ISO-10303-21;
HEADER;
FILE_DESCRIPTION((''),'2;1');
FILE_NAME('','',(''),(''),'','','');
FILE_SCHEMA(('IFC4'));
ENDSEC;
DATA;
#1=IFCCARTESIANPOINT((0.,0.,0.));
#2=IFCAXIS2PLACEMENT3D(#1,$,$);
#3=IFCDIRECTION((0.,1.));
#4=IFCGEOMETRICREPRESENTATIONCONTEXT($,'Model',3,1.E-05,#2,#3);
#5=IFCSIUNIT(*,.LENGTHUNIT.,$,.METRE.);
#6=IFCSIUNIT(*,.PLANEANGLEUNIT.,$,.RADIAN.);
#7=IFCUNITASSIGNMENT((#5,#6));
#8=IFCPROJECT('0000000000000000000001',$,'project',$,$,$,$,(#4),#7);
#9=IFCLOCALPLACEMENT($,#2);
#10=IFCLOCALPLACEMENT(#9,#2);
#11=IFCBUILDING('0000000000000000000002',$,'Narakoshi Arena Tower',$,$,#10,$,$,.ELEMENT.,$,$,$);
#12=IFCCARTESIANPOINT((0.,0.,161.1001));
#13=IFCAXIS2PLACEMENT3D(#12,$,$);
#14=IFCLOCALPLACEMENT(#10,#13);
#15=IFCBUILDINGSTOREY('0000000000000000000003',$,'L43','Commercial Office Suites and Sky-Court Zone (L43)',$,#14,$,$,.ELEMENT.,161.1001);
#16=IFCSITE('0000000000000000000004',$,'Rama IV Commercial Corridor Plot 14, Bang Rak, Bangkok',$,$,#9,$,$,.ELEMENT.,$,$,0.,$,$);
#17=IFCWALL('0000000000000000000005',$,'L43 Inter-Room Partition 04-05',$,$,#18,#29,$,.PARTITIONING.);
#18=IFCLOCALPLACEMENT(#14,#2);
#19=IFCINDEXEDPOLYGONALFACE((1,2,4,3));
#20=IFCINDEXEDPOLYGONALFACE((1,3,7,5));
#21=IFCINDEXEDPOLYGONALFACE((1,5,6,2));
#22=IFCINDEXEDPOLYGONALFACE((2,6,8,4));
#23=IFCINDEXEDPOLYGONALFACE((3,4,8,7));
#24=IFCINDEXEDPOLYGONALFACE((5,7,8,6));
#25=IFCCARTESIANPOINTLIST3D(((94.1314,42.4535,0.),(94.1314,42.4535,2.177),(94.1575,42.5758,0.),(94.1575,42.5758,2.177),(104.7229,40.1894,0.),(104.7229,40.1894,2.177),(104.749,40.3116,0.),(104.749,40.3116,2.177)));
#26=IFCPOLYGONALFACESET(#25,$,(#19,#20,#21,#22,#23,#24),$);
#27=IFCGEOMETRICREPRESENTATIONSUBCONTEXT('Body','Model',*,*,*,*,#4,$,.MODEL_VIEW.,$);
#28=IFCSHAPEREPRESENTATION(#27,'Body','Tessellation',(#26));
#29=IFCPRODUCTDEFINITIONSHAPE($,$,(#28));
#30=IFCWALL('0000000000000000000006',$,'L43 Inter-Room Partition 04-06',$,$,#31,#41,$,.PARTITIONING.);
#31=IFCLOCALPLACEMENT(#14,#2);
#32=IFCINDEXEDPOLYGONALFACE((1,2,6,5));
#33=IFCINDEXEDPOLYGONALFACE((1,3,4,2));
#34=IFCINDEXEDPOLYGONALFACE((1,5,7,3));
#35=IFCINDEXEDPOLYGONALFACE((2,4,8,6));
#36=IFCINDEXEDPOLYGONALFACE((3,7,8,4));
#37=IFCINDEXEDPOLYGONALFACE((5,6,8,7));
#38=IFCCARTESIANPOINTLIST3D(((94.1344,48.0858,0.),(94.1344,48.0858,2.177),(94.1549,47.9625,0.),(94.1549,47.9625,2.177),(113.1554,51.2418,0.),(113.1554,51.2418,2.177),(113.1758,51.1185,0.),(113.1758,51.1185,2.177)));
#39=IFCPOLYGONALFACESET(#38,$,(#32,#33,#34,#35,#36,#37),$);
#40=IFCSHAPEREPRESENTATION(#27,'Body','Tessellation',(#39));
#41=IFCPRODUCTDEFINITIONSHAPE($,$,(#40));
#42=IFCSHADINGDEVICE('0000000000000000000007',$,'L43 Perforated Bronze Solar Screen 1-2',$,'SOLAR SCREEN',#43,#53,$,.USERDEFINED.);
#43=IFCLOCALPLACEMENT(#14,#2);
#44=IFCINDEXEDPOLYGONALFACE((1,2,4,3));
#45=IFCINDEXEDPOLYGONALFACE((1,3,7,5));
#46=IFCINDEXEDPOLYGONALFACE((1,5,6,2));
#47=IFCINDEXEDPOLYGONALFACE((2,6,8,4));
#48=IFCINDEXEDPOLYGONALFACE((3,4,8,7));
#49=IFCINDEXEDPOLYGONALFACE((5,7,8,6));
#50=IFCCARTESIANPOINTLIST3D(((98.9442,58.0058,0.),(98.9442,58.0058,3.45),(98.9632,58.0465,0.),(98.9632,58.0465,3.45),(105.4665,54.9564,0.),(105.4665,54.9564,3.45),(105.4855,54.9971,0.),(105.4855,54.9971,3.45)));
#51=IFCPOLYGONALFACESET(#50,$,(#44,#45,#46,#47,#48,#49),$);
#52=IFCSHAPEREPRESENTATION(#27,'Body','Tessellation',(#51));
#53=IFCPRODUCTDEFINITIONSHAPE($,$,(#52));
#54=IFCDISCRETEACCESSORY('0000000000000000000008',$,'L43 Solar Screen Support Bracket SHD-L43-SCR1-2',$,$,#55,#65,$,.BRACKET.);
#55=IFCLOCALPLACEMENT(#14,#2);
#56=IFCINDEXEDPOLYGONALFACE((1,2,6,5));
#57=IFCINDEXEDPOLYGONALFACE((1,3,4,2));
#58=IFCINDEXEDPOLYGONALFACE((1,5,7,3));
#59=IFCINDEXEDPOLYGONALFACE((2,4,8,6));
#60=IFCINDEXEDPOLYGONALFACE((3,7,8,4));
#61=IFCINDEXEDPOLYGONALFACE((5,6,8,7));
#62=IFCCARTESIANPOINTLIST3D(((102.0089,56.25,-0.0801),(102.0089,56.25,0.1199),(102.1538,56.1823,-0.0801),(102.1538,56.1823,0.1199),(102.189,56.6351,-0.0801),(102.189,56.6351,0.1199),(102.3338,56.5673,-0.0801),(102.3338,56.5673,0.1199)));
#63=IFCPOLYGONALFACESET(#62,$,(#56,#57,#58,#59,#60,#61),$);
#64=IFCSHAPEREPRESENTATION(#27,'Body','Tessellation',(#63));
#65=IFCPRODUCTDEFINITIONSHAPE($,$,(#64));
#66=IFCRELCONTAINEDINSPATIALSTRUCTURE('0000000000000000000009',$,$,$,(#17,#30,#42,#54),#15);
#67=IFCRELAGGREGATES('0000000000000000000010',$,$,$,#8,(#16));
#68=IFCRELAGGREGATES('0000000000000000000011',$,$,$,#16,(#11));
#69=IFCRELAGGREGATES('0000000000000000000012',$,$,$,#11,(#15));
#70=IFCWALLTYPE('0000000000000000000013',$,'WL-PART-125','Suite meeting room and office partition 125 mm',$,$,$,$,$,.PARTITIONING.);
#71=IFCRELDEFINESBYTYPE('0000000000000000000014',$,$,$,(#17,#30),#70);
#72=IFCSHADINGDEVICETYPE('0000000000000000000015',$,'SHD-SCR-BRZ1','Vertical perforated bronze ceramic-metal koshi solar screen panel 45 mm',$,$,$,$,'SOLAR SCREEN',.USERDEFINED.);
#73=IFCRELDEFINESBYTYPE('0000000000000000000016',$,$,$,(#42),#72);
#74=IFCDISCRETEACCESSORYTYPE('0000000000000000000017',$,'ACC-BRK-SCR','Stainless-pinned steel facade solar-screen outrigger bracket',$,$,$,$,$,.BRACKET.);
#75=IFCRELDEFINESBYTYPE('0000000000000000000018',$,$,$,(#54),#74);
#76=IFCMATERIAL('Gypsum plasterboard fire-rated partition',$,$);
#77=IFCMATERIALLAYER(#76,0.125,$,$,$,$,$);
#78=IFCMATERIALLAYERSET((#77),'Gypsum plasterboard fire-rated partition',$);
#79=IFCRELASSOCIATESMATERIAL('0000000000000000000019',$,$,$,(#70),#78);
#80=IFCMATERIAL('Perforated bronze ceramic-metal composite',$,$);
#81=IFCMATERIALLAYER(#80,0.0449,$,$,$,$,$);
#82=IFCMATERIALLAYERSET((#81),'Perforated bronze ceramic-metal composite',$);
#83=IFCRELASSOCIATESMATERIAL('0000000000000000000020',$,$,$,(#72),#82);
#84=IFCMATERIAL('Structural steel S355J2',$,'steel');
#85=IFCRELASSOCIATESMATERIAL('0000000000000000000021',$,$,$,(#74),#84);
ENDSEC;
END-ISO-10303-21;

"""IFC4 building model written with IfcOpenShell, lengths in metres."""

from ifc_helpers import new_model, si_unit, direction, frame, frame_2d, origin, origin_2d, place, context, subcontext, project, spatial, rectangle, extrude, material, layer, layer_set, type_object, element, save


model = new_model("IFC4")

# Units and contexts
model_context = context("Model", 3, precision=1e-05, world=origin(), true_north=direction((0.0, 1.0)))
body_context = subcontext(model_context, "Body", "Model", "MODEL_VIEW")
ifc_project = project(units=[si_unit("LENGTHUNIT", "METRE"), si_unit("PLANEANGLEUNIT", "RADIAN")], contexts=[model_context])

# Site, building, storey
site_placement = place(None, origin())
site = spatial("IfcSite", under=ifc_project, at=site_placement, Name="Rama IV Commercial Corridor Plot 14, Bang Rak, Bangkok", CompositionType="ELEMENT", RefElevation=0.0)
building_placement = place(site_placement, origin())
building = spatial("IfcBuilding", under=site, at=building_placement, Name="Narakoshi Arena Tower", CompositionType="ELEMENT")
storey_placement = place(building_placement, frame((0.0, 0.0, 161.1001)))
storey = spatial("IfcBuildingStorey", under=building, at=storey_placement, Name="L43", Description="Commercial Office Suites and Sky-Court Zone (L43)", CompositionType="ELEMENT", Elevation=161.1001)

# Shared definitions
ifc_material_1 = material(Name="Gypsum plasterboard fire-rated partition")

# Walls
ifc_layer_1 = layer(ifc_material_1, 0.125)
ifc_layer_set_1 = layer_set([ifc_layer_1], Name="Gypsum plasterboard fire-rated partition")
wall_type_1 = type_object("IfcWallType", Name="WL-PART-125", Description="Suite meeting room and office partition 125 mm", PredefinedType="PARTITIONING", material=ifc_layer_set_1)
wall_1_placement = place(storey_placement, frame((104.7361, 40.2505, 0.0), z_axis=(0.0, 0.0, 1.0), x_axis=(-0.977906, 0.209047, 0.0)))
element("IfcWall", 1, at=wall_1_placement, inside=storey, type_object=wall_type_1, Name="L43 Inter-Room Partition 04-05", PredefinedType="PARTITIONING", context=body_context, shape_type="SweptSolid", body=[
    extrude(rectangle(XDim=10.8308, YDim=0.125, at=frame_2d((5.4155, 0.0))), origin(), (0.0, 0.0, 1.0), 2.177),
])
wall_2_placement = place(storey_placement, frame((94.1445, 48.0242, 0.0), z_axis=(0.0, 0.0, 1.0), x_axis=(0.986513, 0.163684, 0.0)))
element("IfcWall", 2, at=wall_2_placement, inside=storey, type_object=wall_type_1, Name="L43 Inter-Room Partition 04-06", PredefinedType="PARTITIONING", context=body_context, shape_type="SweptSolid", body=[
    extrude(rectangle(XDim=19.281, YDim=0.125, at=frame_2d((9.6406, 0.0))), origin(), (0.0, 0.0, 1.0), 2.177),
])

# Shading device
ifc_material_2 = material(Name="Perforated bronze ceramic-metal composite")
ifc_layer_2 = layer(ifc_material_2, 0.0449)
ifc_layer_set_2 = layer_set([ifc_layer_2], Name="Perforated bronze ceramic-metal composite")
shading_device_type = type_object("IfcShadingDeviceType", Name="SHD-SCR-BRZ1", Description="Vertical perforated bronze ceramic-metal koshi solar screen panel 45 mm", ElementType="SOLAR SCREEN", PredefinedType="USERDEFINED", material=ifc_layer_set_2)
shading_device_placement = place(storey_placement, frame((102.2148, 56.5015, 0.0), z_axis=(0.0, 0.0, 1.0), x_axis=(-0.90588, 0.423535, 0.0)))
element("IfcShadingDevice", 3, at=shading_device_placement, inside=storey, type_object=shading_device_type, Name="L43 Perforated Bronze Solar Screen 1-2", ObjectType="SOLAR SCREEN", PredefinedType="USERDEFINED", context=body_context, shape_type="SweptSolid", body=[
    extrude(rectangle(XDim=7.2, YDim=0.0449, at=origin_2d()), origin(), (0.0, 0.0, 1.0), 3.45),
])

# Discrete accessory
ifc_material_3 = material(Name="Structural steel S355J2", Category="steel")
discrete_accessory_type = type_object("IfcDiscreteAccessoryType", Name="ACC-BRK-SCR", Description="Stainless-pinned steel facade solar-screen outrigger bracket", PredefinedType="BRACKET", material=ifc_material_3)
discrete_accessory_placement = place(storey_placement, frame((102.1714, 56.4087, -0.0801), z_axis=(0.0, 0.0, 1.0), x_axis=(-0.90588, 0.423535, 0.0)))
element("IfcDiscreteAccessory", 4, at=discrete_accessory_placement, inside=storey, type_object=discrete_accessory_type, Name="L43 Solar Screen Support Bracket SHD-L43-SCR1-2", PredefinedType="BRACKET", context=body_context, shape_type="SweptSolid", body=[
    extrude(rectangle(XDim=0.1599, YDim=0.425, at=origin_2d()), origin(), (0.0, 0.0, 1.0), 0.2),
])

save(model, "model.ifc")
